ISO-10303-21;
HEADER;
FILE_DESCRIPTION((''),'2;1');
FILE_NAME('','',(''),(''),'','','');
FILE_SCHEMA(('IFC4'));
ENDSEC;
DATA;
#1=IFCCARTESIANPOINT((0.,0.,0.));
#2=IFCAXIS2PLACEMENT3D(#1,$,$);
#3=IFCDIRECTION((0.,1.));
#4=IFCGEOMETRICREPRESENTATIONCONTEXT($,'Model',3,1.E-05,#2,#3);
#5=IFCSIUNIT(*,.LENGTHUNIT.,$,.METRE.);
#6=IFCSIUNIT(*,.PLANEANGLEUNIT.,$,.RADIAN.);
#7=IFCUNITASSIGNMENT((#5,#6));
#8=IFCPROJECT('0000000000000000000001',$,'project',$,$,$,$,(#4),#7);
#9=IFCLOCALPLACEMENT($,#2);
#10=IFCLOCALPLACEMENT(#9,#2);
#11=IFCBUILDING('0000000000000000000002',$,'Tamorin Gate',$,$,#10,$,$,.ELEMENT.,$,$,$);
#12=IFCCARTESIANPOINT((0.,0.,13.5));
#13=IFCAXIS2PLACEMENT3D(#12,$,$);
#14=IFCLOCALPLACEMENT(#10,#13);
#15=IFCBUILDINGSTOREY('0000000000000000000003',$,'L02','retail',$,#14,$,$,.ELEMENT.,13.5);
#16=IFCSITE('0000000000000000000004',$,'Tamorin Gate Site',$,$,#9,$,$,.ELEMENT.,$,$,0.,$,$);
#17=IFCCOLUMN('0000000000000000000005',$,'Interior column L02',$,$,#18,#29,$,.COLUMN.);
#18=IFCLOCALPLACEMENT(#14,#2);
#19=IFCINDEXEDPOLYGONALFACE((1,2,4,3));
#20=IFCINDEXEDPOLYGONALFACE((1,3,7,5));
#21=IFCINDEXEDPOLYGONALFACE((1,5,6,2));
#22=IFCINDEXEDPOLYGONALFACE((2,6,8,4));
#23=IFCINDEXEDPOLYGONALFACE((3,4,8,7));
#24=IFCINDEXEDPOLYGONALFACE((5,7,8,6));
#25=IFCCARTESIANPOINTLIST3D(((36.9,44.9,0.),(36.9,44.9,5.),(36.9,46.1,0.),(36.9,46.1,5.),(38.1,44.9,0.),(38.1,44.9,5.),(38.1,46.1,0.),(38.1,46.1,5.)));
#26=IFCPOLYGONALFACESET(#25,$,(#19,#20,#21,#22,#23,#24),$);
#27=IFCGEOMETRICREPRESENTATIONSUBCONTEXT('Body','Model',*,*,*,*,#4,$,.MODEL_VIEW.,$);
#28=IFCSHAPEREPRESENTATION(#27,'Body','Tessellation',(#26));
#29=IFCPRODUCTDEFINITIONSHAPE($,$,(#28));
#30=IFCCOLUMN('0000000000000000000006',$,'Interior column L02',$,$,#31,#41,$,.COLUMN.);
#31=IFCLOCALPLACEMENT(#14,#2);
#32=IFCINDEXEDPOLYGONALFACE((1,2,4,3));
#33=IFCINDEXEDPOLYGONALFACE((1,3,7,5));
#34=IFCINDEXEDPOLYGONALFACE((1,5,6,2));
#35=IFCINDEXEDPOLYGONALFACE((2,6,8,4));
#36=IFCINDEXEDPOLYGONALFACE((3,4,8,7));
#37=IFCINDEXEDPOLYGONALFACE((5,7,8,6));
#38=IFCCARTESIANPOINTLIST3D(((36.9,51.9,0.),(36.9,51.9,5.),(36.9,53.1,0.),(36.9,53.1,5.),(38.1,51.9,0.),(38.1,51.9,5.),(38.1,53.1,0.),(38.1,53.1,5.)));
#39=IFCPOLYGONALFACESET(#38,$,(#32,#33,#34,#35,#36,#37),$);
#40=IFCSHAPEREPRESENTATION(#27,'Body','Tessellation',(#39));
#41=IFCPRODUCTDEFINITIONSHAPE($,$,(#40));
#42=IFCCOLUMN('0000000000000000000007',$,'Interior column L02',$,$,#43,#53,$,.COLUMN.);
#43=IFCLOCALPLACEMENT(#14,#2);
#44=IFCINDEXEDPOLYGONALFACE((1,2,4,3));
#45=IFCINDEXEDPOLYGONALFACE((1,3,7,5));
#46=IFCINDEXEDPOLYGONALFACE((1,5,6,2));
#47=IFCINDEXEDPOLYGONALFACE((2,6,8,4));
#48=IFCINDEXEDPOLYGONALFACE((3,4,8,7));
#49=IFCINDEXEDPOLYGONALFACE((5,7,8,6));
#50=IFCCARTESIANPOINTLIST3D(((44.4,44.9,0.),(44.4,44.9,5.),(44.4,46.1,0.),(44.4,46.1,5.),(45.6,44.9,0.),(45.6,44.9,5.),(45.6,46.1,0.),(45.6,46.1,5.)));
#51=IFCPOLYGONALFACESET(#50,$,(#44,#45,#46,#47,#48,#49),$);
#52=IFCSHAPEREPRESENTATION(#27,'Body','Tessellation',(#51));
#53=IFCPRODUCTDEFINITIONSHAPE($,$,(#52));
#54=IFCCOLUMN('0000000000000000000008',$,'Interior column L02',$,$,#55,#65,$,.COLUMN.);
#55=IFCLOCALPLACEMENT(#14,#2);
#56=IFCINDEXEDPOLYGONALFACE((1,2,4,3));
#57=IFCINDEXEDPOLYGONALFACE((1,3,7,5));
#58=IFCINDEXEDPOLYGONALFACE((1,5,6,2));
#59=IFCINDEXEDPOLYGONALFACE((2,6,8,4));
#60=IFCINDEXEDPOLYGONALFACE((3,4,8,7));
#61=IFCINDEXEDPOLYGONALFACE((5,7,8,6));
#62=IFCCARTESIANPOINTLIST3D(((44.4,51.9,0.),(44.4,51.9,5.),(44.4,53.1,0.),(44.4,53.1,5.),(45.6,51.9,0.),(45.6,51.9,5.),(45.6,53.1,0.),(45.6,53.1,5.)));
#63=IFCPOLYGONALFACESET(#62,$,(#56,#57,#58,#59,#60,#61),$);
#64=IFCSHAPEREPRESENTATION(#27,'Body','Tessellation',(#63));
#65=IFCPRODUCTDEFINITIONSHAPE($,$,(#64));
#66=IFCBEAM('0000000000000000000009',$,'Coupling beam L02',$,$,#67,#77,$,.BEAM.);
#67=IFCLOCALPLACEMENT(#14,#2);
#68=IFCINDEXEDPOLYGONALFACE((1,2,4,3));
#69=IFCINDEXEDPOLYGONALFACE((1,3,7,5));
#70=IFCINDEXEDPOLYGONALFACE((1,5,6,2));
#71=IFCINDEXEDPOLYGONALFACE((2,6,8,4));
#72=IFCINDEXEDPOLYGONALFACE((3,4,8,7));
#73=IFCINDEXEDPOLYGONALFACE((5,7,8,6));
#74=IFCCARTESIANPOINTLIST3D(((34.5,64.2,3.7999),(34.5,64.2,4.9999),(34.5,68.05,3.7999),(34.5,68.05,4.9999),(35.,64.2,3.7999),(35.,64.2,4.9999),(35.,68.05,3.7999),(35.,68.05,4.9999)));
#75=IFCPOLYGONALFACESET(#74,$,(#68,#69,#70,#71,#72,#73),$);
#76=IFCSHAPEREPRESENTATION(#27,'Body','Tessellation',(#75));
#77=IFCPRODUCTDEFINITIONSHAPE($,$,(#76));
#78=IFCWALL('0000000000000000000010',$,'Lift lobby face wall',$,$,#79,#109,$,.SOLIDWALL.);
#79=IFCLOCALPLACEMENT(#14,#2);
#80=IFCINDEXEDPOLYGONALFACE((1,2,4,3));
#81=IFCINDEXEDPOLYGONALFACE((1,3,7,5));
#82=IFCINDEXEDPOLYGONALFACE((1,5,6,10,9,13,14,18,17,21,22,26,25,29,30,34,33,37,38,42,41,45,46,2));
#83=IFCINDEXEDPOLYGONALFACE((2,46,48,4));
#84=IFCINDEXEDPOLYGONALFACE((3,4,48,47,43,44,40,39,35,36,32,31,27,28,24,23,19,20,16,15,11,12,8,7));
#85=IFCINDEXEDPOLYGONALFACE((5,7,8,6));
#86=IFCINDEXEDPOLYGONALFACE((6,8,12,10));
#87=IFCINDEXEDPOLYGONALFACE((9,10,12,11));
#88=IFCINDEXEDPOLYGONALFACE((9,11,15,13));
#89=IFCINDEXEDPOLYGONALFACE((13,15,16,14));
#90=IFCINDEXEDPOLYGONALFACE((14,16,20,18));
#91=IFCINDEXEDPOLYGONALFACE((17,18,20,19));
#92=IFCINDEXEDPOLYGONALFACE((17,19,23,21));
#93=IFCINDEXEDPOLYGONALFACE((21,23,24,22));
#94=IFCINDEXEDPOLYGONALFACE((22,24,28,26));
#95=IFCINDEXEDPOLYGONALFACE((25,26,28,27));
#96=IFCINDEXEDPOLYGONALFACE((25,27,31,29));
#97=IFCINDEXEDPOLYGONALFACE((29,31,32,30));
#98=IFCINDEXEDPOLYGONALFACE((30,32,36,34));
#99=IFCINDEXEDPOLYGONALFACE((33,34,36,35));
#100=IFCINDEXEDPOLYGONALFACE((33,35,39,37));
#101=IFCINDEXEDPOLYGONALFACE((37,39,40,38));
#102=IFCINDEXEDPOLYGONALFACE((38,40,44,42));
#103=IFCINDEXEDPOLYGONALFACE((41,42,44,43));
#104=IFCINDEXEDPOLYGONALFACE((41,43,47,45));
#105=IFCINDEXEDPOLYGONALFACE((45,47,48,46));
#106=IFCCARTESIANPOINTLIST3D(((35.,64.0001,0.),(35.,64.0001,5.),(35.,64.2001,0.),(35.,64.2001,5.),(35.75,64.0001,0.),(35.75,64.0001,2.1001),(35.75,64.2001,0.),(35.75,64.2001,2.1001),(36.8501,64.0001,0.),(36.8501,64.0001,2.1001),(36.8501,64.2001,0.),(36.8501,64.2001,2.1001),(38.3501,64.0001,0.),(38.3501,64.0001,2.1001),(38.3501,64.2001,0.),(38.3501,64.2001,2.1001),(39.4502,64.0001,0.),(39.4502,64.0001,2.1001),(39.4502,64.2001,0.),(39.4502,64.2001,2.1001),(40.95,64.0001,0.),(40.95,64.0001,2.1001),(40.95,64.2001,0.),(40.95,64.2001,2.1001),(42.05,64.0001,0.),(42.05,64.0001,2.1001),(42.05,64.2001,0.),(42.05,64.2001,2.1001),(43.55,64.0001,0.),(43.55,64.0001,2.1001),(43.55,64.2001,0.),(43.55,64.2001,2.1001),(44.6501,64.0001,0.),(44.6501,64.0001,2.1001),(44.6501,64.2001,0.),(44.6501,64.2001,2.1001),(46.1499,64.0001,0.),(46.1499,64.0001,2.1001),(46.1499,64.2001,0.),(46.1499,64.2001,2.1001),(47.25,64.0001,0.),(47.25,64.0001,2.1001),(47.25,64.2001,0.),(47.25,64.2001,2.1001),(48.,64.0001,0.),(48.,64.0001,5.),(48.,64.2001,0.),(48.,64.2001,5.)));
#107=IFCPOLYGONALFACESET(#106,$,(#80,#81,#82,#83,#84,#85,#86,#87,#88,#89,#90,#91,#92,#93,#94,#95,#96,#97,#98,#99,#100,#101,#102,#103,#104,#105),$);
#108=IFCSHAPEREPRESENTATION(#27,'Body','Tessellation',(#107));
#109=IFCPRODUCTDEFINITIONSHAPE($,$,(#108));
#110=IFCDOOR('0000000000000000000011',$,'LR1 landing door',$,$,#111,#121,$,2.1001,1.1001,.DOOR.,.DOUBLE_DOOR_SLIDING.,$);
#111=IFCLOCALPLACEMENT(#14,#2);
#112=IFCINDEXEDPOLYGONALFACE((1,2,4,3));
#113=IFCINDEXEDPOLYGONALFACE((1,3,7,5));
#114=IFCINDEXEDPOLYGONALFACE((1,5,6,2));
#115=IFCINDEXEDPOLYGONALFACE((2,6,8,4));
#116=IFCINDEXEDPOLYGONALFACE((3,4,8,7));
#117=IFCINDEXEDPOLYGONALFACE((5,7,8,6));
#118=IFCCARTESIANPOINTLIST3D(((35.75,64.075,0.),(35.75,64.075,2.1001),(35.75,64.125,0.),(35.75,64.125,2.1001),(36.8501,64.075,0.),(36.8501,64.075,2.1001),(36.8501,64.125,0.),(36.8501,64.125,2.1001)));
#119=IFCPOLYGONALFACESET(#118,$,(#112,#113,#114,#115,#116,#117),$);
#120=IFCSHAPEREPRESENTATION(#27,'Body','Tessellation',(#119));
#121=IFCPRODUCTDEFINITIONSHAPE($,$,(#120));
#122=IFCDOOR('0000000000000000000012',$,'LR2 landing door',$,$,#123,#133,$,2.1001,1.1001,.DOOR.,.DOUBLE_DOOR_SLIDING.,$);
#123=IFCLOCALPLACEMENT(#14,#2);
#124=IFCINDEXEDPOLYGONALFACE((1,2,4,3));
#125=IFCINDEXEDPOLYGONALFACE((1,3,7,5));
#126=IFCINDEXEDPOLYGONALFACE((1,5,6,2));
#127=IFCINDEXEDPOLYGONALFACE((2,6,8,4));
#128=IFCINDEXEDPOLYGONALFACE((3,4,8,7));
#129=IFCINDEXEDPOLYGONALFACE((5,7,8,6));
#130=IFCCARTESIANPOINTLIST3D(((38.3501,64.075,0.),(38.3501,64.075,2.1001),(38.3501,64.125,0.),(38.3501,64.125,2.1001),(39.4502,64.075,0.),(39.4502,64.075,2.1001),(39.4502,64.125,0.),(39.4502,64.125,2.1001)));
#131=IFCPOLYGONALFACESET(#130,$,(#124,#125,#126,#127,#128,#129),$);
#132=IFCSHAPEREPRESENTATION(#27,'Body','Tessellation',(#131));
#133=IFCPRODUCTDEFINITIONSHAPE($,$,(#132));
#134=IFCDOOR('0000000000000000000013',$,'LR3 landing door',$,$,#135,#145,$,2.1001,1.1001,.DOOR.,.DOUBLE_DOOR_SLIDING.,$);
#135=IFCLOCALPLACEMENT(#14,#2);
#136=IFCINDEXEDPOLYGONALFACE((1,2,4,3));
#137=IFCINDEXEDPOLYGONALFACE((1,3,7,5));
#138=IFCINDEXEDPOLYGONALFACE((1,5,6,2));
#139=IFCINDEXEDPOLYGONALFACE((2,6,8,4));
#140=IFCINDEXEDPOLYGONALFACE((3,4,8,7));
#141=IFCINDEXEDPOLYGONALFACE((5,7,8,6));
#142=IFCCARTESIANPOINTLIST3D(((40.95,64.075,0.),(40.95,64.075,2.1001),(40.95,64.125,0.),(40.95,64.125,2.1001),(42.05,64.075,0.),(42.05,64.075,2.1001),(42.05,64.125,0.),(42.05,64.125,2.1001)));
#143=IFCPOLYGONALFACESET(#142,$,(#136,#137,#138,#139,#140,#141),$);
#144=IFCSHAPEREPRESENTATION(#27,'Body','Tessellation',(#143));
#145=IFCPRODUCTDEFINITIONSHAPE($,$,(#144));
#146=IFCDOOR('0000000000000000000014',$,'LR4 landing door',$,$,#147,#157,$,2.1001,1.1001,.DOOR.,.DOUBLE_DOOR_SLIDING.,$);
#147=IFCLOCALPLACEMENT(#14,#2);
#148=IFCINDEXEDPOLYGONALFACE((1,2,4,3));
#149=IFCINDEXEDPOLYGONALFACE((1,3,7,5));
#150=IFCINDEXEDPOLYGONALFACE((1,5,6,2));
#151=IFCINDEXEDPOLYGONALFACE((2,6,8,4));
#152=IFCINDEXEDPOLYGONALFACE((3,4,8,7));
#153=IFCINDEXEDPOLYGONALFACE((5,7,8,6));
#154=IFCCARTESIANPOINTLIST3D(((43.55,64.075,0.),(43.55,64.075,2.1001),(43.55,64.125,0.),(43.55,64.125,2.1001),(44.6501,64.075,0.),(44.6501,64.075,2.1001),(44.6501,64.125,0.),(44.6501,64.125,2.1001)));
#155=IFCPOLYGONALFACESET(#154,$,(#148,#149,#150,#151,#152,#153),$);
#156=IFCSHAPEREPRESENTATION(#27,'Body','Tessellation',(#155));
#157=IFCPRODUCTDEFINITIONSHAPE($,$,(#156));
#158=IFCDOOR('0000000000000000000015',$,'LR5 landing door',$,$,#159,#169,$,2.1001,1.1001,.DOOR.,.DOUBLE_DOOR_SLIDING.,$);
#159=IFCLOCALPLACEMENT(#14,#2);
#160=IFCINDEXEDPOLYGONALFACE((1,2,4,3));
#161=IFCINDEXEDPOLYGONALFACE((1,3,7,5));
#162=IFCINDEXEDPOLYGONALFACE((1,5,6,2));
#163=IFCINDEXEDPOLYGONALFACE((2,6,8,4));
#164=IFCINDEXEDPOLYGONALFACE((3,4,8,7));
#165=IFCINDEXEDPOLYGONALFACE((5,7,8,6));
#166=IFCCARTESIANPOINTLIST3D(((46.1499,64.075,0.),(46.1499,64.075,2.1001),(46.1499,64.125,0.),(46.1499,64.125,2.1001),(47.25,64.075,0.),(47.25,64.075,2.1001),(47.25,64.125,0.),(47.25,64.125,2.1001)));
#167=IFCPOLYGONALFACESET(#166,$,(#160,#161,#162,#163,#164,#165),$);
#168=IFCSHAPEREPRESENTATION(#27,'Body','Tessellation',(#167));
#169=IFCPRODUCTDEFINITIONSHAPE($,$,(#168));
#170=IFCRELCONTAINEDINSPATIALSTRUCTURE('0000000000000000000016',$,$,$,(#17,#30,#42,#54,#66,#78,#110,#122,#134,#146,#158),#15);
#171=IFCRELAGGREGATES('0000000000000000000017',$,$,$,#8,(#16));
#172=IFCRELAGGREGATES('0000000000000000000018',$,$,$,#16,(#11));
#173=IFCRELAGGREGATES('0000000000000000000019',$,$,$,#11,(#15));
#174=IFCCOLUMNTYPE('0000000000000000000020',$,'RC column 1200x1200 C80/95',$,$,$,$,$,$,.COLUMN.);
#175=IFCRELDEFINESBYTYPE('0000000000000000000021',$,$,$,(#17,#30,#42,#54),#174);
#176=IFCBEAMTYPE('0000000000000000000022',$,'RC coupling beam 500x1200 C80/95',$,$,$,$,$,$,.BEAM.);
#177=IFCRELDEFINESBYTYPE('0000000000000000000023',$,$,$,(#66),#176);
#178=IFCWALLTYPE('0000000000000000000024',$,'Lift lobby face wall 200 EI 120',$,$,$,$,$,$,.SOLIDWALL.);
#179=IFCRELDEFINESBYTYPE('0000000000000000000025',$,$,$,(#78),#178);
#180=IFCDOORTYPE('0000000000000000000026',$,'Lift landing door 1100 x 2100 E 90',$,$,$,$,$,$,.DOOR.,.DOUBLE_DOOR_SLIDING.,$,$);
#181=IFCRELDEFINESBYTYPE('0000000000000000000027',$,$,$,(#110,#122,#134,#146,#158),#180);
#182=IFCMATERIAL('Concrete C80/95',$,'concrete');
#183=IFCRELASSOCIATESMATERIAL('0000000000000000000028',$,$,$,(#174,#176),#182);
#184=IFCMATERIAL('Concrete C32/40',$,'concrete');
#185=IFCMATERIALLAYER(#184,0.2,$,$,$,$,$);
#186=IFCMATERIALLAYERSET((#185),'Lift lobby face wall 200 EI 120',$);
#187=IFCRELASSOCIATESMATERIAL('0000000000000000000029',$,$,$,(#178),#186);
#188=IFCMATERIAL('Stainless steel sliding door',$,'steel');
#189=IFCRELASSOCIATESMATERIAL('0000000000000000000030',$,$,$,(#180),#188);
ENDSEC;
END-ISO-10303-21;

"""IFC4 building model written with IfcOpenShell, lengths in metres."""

from ifc_helpers import new_model, si_unit, direction, frame, frame_2d, origin, origin_2d, place, context, subcontext, project, spatial, rectangle, extrude, material, layer, layer_set, material_profile, profile_set, type_object, element, fill, save


model = new_model("IFC4")

# Units and contexts
model_context = context("Model", 3, precision=1e-05, world=origin(), true_north=direction((0.0, 1.0)))
body_context = subcontext(model_context, "Body", "Model", "MODEL_VIEW")
ifc_project = project(units=[si_unit("LENGTHUNIT", "METRE"), si_unit("PLANEANGLEUNIT", "RADIAN")], contexts=[model_context])

# Site, building, storey
site_placement = place(None, origin())
site = spatial("IfcSite", under=ifc_project, at=site_placement, Name="Tamorin Gate Site", CompositionType="ELEMENT", RefElevation=0.0)
building_placement = place(site_placement, origin())
building = spatial("IfcBuilding", under=site, at=building_placement, Name="Tamorin Gate", CompositionType="ELEMENT")
storey_placement = place(building_placement, frame((0.0, 0.0, 13.5)))
storey = spatial("IfcBuildingStorey", under=building, at=storey_placement, Name="L02", Description="retail", CompositionType="ELEMENT", Elevation=13.5)

# Columns
ifc_material_1 = material(Name="Concrete C80/95", Category="concrete")
ifc_material_profile_1 = material_profile(ifc_material_1, rectangle(XDim=1.2, YDim=1.2, at=origin_2d()), Name="RC 1200x1200")
ifc_profile_set_1 = profile_set([ifc_material_profile_1], Name="Concrete C80/95")
column_type = type_object("IfcColumnType", Name="RC column 1200x1200 C80/95", PredefinedType="COLUMN", material=ifc_profile_set_1)
for number, where, z_axis, x_axis, name in (
    (1, (37.5, 45.5, 0.0), (0.0, 0.0, 1.0), (1.0, 0.0, 0.0), "Interior column L02"),
    (2, (37.5, 52.5, 0.0), (0.0, 0.0, 1.0), (1.0, 0.0, 0.0), "Interior column L02"),
    (3, (45.0, 45.5, 0.0), (0.0, 0.0, 1.0), (1.0, 0.0, 0.0), "Interior column L02"),
    (4, (45.0, 52.5, 0.0), (0.0, 0.0, 1.0), (1.0, 0.0, 0.0), "Interior column L02"),
):
    element("IfcColumn", number, at=place(storey_placement, frame(where, z_axis=z_axis, x_axis=x_axis)), inside=storey, type_object=column_type, Name=name, PredefinedType="COLUMN", context=body_context, shape_type="SweptSolid", body=[
        extrude(rectangle(XDim=1.2, YDim=1.2, at=origin_2d()), origin(), (0.0, 0.0, 1.0), 5.0),
    ])

# Beam
ifc_material_profile_2 = material_profile(ifc_material_1, rectangle(XDim=0.5, YDim=1.2, at=origin_2d()), Name="RC 500x1200")
ifc_profile_set_2 = profile_set([ifc_material_profile_2], Name="Concrete C80/95")
beam_type = type_object("IfcBeamType", Name="RC coupling beam 500x1200 C80/95", PredefinedType="BEAM", material=ifc_profile_set_2)
beam_placement = place(storey_placement, frame((34.75, 64.2, 4.3999), z_axis=(0.0, 1.0, 0.0), x_axis=(-1.0, 0.0, 0.0)))
element("IfcBeam", 5, at=beam_placement, inside=storey, type_object=beam_type, Name="Coupling beam L02", PredefinedType="BEAM", context=body_context, shape_type="SweptSolid", body=[
    extrude(rectangle(XDim=0.5, YDim=1.2, at=origin_2d()), origin(), (0.0, 0.0, 1.0), 3.8501),
])

# Wall, openings, doors
ifc_material_2 = material(Name="Concrete C32/40", Category="concrete")
ifc_layer_1 = layer(ifc_material_2, 0.2)
ifc_layer_set_1 = layer_set([ifc_layer_1], Name="Lift lobby face wall 200 EI 120")
wall_type_1 = type_object("IfcWallType", Name="Lift lobby face wall 200 EI 120", PredefinedType="SOLIDWALL", material=ifc_layer_set_1)
wall_1_placement = place(storey_placement, frame((35.0, 64.1001, 0.0), z_axis=(0.0, 0.0, 1.0), x_axis=(1.0, 0.0, 0.0)))
wall_1 = element("IfcWall", 6, at=wall_1_placement, inside=storey, type_object=wall_type_1, Name="Lift lobby face wall", PredefinedType="SOLIDWALL", context=body_context, shape_type="SweptSolid", body=[
    extrude(rectangle(XDim=13.0, YDim=0.2, at=frame_2d((6.5, 0.0))), origin(), (0.0, 0.0, 1.0), 5.0),
])
opening_1_placement = place(wall_1_placement, frame((0.75, 0.0, 0.0)))
opening_1 = element("IfcOpeningElement", 7, at=opening_1_placement, cuts=wall_1, PredefinedType="OPENING", context=body_context, shape_type="SweptSolid", body=[
    extrude(rectangle(XDim=1.1001, YDim=2.1001, at=frame_2d((0.55, 1.05))), frame((0.0, 0.1099, 0.0), z_axis=(0.0, -1.0, 0.0), x_axis=(1.0, 0.0, 0.0)), (0.0, 0.0, 1.0), 0.22),
])
opening_2_placement = place(wall_1_placement, frame((3.3501, 0.0, 0.0)))
opening_2 = element("IfcOpeningElement", 8, at=opening_2_placement, cuts=wall_1, PredefinedType="OPENING", context=body_context, shape_type="SweptSolid", body=[
    extrude(rectangle(XDim=1.1001, YDim=2.1001, at=frame_2d((0.55, 1.05))), frame((0.0, 0.1099, 0.0), z_axis=(0.0, -1.0, 0.0), x_axis=(1.0, 0.0, 0.0)), (0.0, 0.0, 1.0), 0.22),
])
opening_3_placement = place(wall_1_placement, frame((5.95, 0.0, 0.0)))
opening_3 = element("IfcOpeningElement", 9, at=opening_3_placement, cuts=wall_1, PredefinedType="OPENING", context=body_context, shape_type="SweptSolid", body=[
    extrude(rectangle(XDim=1.1001, YDim=2.1001, at=frame_2d((0.55, 1.05))), frame((0.0, 0.1099, 0.0), z_axis=(0.0, -1.0, 0.0), x_axis=(1.0, 0.0, 0.0)), (0.0, 0.0, 1.0), 0.22),
])
opening_4_placement = place(wall_1_placement, frame((8.55, 0.0, 0.0)))
opening_4 = element("IfcOpeningElement", 10, at=opening_4_placement, cuts=wall_1, PredefinedType="OPENING", context=body_context, shape_type="SweptSolid", body=[
    extrude(rectangle(XDim=1.1001, YDim=2.1001, at=frame_2d((0.55, 1.05))), frame((0.0, 0.1099, 0.0), z_axis=(0.0, -1.0, 0.0), x_axis=(1.0, 0.0, 0.0)), (0.0, 0.0, 1.0), 0.22),
])
opening_5_placement = place(wall_1_placement, frame((11.1499, 0.0, 0.0)))
opening_5 = element("IfcOpeningElement", 11, at=opening_5_placement, cuts=wall_1, PredefinedType="OPENING", context=body_context, shape_type="SweptSolid", body=[
    extrude(rectangle(XDim=1.1001, YDim=2.1001, at=frame_2d((0.55, 1.05))), frame((0.0, 0.1099, 0.0), z_axis=(0.0, -1.0, 0.0), x_axis=(1.0, 0.0, 0.0)), (0.0, 0.0, 1.0), 0.22),
])
ifc_material_3 = material(Name="Stainless steel sliding door", Category="steel")
door_type_1 = type_object("IfcDoorType", Name="Lift landing door 1100 x 2100 E 90", OperationType="DOUBLE_DOOR_SLIDING", PredefinedType="DOOR", material=ifc_material_3)
door_1_placement = place(opening_1_placement, origin())
door_1 = element("IfcDoor", 12, at=door_1_placement, inside=storey, type_object=door_type_1, Name="LR1 landing door", OperationType="DOUBLE_DOOR_SLIDING", OverallHeight=2.1001, OverallWidth=1.1001, PredefinedType="DOOR", context=body_context, shape_type="SweptSolid", body=[
    extrude(rectangle(XDim=1.1001, YDim=2.1001, at=frame_2d((0.55, 1.05))), frame((0.0, 0.0249, 0.0), z_axis=(0.0, -1.0, 0.0), x_axis=(1.0, 0.0, 0.0)), (0.0, 0.0, 1.0), 0.05),
])
fill(opening_1, door_1)
door_2_placement = place(opening_2_placement, origin())
door_2 = element("IfcDoor", 13, at=door_2_placement, inside=storey, type_object=door_type_1, Name="LR2 landing door", OperationType="DOUBLE_DOOR_SLIDING", OverallHeight=2.1001, OverallWidth=1.1001, PredefinedType="DOOR", context=body_context, shape_type="SweptSolid", body=[
    extrude(rectangle(XDim=1.1001, YDim=2.1001, at=frame_2d((0.55, 1.05))), frame((0.0, 0.0249, 0.0), z_axis=(0.0, -1.0, 0.0), x_axis=(1.0, 0.0, 0.0)), (0.0, 0.0, 1.0), 0.05),
])
fill(opening_2, door_2)
door_3_placement = place(opening_3_placement, origin())
door_3 = element("IfcDoor", 14, at=door_3_placement, inside=storey, type_object=door_type_1, Name="LR3 landing door", OperationType="DOUBLE_DOOR_SLIDING", OverallHeight=2.1001, OverallWidth=1.1001, PredefinedType="DOOR", context=body_context, shape_type="SweptSolid", body=[
    extrude(rectangle(XDim=1.1001, YDim=2.1001, at=frame_2d((0.55, 1.05))), frame((0.0, 0.0249, 0.0), z_axis=(0.0, -1.0, 0.0), x_axis=(1.0, 0.0, 0.0)), (0.0, 0.0, 1.0), 0.05),
])
fill(opening_3, door_3)
door_4_placement = place(opening_4_placement, origin())
door_4 = element("IfcDoor", 15, at=door_4_placement, inside=storey, type_object=door_type_1, Name="LR4 landing door", OperationType="DOUBLE_DOOR_SLIDING", OverallHeight=2.1001, OverallWidth=1.1001, PredefinedType="DOOR", context=body_context, shape_type="SweptSolid", body=[
    extrude(rectangle(XDim=1.1001, YDim=2.1001, at=frame_2d((0.55, 1.05))), frame((0.0, 0.0249, 0.0), z_axis=(0.0, -1.0, 0.0), x_axis=(1.0, 0.0, 0.0)), (0.0, 0.0, 1.0), 0.05),
])
fill(opening_4, door_4)
door_5_placement = place(opening_5_placement, origin())
door_5 = element("IfcDoor", 16, at=door_5_placement, inside=storey, type_object=door_type_1, Name="LR5 landing door", OperationType="DOUBLE_DOOR_SLIDING", OverallHeight=2.1001, OverallWidth=1.1001, PredefinedType="DOOR", context=body_context, shape_type="SweptSolid", body=[
    extrude(rectangle(XDim=1.1001, YDim=2.1001, at=frame_2d((0.55, 1.05))), frame((0.0, 0.0249, 0.0), z_axis=(0.0, -1.0, 0.0), x_axis=(1.0, 0.0, 0.0)), (0.0, 0.0, 1.0), 0.05),
])
fill(opening_5, door_5)

save(model, "model.ifc")
